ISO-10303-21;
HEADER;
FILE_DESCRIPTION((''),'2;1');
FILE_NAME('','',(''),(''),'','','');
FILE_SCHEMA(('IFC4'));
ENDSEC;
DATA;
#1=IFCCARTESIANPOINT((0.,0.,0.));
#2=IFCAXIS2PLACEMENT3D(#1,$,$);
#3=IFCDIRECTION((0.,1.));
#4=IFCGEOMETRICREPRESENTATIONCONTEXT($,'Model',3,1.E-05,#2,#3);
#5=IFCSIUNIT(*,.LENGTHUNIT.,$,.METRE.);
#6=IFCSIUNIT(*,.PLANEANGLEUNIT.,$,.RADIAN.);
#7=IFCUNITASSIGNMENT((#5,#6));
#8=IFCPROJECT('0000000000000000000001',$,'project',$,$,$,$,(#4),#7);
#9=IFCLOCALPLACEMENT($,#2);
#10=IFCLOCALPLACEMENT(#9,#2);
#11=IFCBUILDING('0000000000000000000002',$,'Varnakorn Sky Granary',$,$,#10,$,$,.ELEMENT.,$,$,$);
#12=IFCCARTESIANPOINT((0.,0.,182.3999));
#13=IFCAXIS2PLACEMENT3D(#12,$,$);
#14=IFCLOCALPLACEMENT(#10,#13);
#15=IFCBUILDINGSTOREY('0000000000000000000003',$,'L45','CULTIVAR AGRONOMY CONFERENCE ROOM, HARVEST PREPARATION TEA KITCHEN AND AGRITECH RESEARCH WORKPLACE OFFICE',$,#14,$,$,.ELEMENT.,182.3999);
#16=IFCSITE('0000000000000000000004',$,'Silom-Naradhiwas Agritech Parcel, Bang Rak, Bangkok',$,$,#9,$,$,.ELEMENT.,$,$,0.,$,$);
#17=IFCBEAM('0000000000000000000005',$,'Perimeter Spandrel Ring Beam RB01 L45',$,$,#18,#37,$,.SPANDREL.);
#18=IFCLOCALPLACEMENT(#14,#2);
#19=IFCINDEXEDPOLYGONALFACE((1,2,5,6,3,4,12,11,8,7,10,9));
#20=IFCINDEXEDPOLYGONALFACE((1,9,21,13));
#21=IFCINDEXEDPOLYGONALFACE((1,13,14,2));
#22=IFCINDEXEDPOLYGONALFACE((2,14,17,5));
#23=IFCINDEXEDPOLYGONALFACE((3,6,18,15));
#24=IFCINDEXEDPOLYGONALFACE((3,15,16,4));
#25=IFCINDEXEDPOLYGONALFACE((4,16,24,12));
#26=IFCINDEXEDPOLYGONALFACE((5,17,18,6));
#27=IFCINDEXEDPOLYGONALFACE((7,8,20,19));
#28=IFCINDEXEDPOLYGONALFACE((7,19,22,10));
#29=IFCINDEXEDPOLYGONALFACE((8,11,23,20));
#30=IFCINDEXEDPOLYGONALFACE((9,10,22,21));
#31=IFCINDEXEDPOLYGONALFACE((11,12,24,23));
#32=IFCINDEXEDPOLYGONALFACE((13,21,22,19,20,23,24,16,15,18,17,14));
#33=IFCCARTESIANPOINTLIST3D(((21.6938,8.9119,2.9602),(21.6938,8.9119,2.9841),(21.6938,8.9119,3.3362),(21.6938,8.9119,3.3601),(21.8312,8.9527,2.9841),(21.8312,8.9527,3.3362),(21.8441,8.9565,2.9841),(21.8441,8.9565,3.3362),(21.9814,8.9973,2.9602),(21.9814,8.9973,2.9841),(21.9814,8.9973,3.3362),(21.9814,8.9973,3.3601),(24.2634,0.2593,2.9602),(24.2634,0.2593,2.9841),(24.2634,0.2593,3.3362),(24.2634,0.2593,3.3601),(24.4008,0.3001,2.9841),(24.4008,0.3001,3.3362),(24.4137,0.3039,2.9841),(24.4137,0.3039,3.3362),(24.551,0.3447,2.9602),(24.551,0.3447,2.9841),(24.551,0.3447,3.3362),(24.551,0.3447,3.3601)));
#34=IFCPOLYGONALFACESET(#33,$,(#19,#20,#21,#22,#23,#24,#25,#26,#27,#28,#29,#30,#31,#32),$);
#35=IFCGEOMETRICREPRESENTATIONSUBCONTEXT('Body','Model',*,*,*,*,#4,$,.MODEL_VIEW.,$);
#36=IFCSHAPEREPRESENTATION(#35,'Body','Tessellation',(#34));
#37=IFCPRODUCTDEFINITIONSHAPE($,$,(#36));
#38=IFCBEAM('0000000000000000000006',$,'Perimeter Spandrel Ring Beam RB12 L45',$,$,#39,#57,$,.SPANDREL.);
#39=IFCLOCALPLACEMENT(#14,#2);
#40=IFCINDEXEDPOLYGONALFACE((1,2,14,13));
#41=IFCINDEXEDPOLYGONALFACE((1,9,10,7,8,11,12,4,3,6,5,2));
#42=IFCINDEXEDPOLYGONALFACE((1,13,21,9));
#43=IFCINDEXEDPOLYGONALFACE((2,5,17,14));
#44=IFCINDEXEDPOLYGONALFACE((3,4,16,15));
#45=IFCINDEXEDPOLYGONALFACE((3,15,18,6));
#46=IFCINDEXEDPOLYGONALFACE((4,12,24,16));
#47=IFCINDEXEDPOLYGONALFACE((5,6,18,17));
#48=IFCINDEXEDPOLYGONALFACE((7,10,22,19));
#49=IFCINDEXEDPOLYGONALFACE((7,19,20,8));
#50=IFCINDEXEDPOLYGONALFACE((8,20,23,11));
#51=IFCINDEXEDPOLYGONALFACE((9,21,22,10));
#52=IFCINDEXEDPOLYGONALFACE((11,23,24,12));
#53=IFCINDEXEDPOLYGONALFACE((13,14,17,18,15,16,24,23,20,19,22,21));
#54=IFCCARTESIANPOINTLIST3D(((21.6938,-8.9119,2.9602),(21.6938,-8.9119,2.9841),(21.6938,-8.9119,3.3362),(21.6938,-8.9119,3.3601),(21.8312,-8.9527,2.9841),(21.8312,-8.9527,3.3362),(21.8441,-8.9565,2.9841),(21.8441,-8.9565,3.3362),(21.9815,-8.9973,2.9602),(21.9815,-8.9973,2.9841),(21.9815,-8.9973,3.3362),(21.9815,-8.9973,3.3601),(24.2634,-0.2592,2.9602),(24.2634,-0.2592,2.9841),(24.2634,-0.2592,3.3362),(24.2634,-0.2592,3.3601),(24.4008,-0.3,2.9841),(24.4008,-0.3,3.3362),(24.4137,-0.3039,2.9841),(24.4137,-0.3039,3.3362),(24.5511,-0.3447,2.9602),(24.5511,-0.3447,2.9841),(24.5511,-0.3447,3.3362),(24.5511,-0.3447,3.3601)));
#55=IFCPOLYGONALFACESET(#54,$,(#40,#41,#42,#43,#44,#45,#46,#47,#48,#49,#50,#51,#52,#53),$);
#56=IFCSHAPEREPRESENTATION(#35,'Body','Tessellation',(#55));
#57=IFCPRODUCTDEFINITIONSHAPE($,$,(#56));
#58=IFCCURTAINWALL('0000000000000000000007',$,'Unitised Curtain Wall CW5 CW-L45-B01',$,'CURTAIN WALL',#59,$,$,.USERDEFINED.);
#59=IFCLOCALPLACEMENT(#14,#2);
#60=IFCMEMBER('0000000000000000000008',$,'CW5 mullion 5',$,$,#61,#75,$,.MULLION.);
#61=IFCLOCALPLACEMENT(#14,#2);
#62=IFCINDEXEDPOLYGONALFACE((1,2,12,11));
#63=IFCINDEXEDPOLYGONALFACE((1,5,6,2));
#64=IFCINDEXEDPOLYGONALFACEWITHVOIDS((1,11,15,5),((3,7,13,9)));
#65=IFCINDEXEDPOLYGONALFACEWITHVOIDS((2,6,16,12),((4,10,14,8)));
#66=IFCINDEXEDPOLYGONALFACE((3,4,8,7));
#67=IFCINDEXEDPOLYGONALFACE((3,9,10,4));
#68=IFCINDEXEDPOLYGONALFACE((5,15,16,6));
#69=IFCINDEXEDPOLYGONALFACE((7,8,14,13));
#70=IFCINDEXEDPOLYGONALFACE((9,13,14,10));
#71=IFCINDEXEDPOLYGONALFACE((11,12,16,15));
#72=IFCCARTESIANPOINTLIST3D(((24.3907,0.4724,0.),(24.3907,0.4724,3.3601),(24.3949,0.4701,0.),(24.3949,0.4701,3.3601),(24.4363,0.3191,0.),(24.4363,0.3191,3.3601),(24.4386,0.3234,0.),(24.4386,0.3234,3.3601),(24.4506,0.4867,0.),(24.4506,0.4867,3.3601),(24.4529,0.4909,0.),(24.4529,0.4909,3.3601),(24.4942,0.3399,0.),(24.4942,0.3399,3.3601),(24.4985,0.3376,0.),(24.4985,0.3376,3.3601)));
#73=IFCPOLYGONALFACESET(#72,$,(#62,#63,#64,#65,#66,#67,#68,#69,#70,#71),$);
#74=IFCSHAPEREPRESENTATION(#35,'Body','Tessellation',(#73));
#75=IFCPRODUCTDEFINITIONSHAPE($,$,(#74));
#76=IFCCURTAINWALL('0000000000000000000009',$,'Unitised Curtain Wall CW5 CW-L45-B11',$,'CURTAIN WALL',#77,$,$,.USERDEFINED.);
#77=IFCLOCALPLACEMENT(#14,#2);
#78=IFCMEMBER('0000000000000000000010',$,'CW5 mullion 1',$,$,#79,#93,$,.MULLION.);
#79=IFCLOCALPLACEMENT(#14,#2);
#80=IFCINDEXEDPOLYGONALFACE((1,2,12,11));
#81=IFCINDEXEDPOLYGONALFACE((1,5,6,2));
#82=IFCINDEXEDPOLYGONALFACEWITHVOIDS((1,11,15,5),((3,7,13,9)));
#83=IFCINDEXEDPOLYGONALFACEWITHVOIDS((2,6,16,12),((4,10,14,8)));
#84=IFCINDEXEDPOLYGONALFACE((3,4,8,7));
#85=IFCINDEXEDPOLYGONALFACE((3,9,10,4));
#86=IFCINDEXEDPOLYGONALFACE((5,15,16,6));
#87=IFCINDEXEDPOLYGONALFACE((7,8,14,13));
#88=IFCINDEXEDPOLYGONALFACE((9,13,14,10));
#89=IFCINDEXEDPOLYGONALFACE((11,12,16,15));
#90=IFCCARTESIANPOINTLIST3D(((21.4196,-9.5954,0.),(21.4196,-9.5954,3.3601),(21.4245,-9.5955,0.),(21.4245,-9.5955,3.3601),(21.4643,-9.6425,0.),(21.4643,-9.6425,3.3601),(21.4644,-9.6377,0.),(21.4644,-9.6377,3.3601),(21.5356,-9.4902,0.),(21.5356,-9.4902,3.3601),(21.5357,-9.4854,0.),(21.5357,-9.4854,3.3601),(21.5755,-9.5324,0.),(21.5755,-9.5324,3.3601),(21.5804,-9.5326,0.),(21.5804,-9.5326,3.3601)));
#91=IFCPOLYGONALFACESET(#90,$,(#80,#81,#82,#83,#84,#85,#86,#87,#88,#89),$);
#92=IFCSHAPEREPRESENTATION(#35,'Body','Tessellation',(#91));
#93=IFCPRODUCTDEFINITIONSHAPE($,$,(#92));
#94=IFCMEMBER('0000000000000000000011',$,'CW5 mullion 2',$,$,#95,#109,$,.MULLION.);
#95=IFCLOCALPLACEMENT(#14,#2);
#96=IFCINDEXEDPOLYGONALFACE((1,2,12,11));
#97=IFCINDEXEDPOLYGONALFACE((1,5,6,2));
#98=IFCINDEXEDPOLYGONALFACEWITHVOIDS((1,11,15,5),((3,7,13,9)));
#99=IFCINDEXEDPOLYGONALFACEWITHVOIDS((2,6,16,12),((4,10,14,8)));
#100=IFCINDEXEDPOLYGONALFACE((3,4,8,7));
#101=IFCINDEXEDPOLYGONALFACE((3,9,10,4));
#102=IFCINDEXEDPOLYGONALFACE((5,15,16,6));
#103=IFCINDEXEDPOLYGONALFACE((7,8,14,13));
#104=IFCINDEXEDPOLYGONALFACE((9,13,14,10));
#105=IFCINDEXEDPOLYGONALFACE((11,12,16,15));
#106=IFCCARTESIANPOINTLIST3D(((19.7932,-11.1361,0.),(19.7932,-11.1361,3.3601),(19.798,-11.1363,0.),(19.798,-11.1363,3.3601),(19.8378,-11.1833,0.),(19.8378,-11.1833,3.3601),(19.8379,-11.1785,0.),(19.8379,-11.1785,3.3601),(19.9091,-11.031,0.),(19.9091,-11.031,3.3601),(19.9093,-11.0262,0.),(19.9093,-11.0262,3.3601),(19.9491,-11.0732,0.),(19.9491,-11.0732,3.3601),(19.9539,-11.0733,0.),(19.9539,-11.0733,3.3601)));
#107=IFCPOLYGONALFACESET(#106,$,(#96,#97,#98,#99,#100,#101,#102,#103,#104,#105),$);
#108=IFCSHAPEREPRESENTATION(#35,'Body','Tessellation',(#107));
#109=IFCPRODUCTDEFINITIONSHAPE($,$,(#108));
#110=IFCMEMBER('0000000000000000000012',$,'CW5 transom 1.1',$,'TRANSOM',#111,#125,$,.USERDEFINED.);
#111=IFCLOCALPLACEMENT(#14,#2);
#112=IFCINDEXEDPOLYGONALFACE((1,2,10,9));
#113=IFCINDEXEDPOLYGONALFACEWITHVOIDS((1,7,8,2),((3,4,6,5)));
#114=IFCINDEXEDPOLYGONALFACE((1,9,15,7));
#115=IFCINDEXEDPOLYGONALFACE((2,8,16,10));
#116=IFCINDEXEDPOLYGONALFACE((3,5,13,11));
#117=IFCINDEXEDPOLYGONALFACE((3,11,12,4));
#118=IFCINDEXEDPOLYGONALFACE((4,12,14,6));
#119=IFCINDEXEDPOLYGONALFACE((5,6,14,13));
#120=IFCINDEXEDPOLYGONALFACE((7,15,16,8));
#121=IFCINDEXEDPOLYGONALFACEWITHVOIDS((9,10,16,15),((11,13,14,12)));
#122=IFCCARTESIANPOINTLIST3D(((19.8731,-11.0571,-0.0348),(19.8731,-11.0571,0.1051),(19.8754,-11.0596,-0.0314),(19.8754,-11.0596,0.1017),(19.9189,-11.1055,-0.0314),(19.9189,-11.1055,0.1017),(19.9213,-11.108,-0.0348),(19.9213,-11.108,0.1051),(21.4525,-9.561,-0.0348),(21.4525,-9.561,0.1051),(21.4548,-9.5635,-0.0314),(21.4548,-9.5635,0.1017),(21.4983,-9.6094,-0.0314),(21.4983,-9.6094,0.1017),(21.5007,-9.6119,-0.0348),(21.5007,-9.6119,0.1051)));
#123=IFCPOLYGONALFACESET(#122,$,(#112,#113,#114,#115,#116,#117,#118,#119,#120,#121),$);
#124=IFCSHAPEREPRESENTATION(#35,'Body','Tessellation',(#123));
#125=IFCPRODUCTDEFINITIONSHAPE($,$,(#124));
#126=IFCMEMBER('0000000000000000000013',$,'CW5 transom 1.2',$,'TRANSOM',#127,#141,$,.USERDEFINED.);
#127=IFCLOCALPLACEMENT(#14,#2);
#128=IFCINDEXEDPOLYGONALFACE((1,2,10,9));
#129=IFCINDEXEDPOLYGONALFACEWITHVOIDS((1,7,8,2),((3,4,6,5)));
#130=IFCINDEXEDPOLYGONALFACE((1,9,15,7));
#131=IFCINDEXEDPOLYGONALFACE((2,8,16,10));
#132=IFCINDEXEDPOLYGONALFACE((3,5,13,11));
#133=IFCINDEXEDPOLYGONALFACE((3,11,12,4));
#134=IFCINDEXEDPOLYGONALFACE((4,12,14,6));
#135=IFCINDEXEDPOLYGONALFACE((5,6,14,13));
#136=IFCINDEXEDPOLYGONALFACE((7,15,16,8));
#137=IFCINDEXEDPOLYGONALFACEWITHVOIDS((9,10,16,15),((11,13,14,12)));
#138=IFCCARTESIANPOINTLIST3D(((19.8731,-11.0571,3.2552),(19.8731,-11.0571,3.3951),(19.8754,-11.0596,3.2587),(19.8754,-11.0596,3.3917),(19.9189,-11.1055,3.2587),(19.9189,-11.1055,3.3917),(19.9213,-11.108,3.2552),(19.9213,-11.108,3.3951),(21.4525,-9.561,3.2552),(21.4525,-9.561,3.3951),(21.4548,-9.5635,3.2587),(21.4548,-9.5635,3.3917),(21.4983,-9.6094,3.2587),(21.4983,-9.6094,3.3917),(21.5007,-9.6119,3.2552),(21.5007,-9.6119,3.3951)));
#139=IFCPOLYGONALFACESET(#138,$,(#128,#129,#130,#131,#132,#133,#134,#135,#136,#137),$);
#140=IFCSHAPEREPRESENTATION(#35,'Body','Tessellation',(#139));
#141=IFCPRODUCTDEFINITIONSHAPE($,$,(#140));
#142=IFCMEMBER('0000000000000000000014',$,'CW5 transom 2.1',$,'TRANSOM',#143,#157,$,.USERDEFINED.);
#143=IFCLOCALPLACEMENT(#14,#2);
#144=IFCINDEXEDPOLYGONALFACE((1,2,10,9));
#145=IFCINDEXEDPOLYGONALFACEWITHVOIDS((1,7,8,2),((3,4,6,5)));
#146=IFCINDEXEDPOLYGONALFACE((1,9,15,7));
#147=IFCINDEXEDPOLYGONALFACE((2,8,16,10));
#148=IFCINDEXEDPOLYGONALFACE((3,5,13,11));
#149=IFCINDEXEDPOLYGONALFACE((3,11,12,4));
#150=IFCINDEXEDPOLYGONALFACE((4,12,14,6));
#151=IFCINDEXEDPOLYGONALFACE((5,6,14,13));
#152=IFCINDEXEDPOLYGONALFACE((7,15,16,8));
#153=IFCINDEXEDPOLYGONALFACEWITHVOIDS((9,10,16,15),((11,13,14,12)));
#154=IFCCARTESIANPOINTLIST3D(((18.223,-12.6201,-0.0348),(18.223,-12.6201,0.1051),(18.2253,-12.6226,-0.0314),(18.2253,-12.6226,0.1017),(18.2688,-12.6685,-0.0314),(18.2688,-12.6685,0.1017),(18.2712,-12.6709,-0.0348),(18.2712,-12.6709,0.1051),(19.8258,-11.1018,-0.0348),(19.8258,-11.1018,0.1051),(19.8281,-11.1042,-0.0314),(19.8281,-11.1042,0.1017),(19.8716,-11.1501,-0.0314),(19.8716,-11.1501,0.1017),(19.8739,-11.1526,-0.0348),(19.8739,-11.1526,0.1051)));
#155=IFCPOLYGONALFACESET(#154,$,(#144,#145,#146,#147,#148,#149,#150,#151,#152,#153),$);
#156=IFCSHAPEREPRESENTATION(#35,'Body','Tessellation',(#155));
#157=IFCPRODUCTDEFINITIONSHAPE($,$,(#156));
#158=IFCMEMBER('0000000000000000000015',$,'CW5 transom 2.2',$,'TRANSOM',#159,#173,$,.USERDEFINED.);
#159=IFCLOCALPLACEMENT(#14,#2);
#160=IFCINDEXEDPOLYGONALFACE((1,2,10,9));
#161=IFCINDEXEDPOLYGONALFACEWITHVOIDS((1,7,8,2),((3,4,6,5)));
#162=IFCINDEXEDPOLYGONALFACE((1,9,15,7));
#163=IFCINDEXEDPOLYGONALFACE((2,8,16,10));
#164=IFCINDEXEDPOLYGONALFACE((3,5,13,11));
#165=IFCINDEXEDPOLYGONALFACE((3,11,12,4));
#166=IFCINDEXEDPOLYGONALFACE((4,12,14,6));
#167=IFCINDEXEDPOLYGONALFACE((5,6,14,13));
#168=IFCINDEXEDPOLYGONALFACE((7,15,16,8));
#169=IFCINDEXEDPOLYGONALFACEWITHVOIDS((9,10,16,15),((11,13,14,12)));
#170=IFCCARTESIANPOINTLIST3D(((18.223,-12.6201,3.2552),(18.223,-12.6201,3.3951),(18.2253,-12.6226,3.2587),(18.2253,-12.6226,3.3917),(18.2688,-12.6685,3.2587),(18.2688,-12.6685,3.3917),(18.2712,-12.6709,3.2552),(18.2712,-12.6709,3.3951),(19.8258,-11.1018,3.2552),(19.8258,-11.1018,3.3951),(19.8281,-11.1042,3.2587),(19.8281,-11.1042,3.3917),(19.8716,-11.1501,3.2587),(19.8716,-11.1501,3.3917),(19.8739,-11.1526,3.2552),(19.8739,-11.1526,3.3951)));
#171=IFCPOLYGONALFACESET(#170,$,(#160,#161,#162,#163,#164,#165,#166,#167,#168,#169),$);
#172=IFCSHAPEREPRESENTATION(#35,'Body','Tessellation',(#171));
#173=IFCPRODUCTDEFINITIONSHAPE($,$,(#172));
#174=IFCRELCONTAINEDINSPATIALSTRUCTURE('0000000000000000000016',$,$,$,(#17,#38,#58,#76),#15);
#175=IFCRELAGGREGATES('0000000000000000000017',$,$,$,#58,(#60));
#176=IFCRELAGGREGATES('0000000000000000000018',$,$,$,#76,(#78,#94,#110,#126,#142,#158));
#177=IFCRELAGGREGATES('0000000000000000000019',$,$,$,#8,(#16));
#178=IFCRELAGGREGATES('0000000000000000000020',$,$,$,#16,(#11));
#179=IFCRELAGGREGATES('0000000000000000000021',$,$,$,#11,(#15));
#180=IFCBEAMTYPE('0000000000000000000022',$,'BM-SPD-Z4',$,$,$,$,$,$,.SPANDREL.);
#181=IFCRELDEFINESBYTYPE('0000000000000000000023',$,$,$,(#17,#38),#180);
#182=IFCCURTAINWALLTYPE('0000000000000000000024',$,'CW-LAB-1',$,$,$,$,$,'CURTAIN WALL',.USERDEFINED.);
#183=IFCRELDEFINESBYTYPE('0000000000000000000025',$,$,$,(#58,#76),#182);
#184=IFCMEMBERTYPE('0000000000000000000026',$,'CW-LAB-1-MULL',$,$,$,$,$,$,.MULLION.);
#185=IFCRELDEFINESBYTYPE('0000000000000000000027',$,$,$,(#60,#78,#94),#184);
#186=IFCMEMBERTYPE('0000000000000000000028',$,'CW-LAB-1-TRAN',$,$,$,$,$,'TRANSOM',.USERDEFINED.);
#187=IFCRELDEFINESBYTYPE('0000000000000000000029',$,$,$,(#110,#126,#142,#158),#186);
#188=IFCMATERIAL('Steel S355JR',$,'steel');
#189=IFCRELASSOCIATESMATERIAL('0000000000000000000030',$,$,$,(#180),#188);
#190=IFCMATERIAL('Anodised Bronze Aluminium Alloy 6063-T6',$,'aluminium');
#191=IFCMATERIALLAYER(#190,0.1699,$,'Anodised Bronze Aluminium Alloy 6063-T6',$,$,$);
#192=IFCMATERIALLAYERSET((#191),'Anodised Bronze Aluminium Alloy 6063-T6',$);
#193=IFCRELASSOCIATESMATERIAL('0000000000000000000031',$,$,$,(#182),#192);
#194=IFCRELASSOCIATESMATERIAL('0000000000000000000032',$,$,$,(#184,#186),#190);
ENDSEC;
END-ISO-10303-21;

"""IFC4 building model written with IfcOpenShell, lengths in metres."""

from ifc_helpers import new_model, si_unit, direction, frame, origin, origin_2d, place, context, subcontext, project, spatial, hollow_rectangle, i_section, extrude, material, layer, layer_set, material_profile, profile_set, type_object, element, aggregate, save


model = new_model("IFC4")

# Units and contexts
model_context = context("Model", 3, precision=1e-05, world=origin(), true_north=direction((0.0, 1.0)))
body_context = subcontext(model_context, "Body", "Model", "MODEL_VIEW")
ifc_project = project(units=[si_unit("LENGTHUNIT", "METRE"), si_unit("PLANEANGLEUNIT", "RADIAN")], contexts=[model_context])

# Site, building, storey
site_placement = place(None, origin())
site = spatial("IfcSite", under=ifc_project, at=site_placement, Name="Silom-Naradhiwas Agritech Parcel, Bang Rak, Bangkok", CompositionType="ELEMENT", RefElevation=0.0)
building_placement = place(site_placement, origin())
building = spatial("IfcBuilding", under=site, at=building_placement, Name="Varnakorn Sky Granary", CompositionType="ELEMENT")
storey_placement = place(building_placement, frame((0.0, 0.0, 182.3999)))
storey = spatial("IfcBuildingStorey", under=building, at=storey_placement, Name="L45", Description="CULTIVAR AGRONOMY CONFERENCE ROOM, HARVEST PREPARATION TEA KITCHEN AND AGRITECH RESEARCH WORKPLACE OFFICE", CompositionType="ELEMENT", Elevation=182.3999)

# Beams
ifc_material_1 = material(Name="Steel S355JR", Category="steel")
ifc_material_profile_1 = material_profile(ifc_material_1, i_section(OverallWidth=0.3, OverallDepth=0.3999, WebThickness=0.0134, FlangeThickness=0.0239, at=origin_2d()), Name="HE 400 B")
ifc_profile_set_1 = profile_set([ifc_material_profile_1], Name="Steel S355JR")
beam_type_1 = type_object("IfcBeamType", Name="BM-SPD-Z4", PredefinedType="SPANDREL", material=ifc_profile_set_1)
for number, where, z_axis, x_axis, name in (
    (1, (24.4072, 0.302, 3.1602), (-0.284684, 0.958621, 0.0), (-0.958621, -0.284684, 0.0), "Perimeter Spandrel Ring Beam RB01 L45"),
    (2, (21.8376, -8.9546, 3.1602), (0.284684, 0.958621, 0.0), (-0.958621, 0.284684, 0.0), "Perimeter Spandrel Ring Beam RB12 L45"),
):
    element("IfcBeam", number, at=place(storey_placement, frame(where, z_axis=z_axis, x_axis=x_axis)), inside=storey, type_object=beam_type_1, Name=name, PredefinedType="SPANDREL", context=body_context, shape_type="SweptSolid", body=[
        extrude(i_section(OverallWidth=0.3, OverallDepth=0.3999, WebThickness=0.0134, FlangeThickness=0.0239, at=origin_2d()), origin(), (0.0, 0.0, 1.0), 9.0261),
    ])

# Curtain wall, member
ifc_material_2 = material(Name="Anodised Bronze Aluminium Alloy 6063-T6", Category="aluminium")
ifc_layer_1 = layer(ifc_material_2, 0.1699, Name="Anodised Bronze Aluminium Alloy 6063-T6")
ifc_layer_set_1 = layer_set([ifc_layer_1], Name="Anodised Bronze Aluminium Alloy 6063-T6")
curtain_wall_type = type_object("IfcCurtainWallType", Name="CW-LAB-1", ElementType="CURTAIN WALL", PredefinedType="USERDEFINED", material=ifc_layer_set_1)
curtain_wall_1_placement = place(storey_placement, origin())
curtain_wall_1 = element("IfcCurtainWall", 3, at=curtain_wall_1_placement, inside=storey, type_object=curtain_wall_type, Name="Unitised Curtain Wall CW5 CW-L45-B01", ObjectType="CURTAIN WALL", PredefinedType="USERDEFINED")
ifc_material_profile_2 = material_profile(ifc_material_2, hollow_rectangle(XDim=0.0649, YDim=0.1599, WallThickness=0.0034, at=origin_2d()), Name="ALU MULL 65x160")
ifc_profile_set_2 = profile_set([ifc_material_profile_2], Name="Anodised Bronze Aluminium Alloy 6063-T6")
member_type_1 = type_object("IfcMemberType", Name="CW-LAB-1-MULL", PredefinedType="MULLION", material=ifc_profile_set_2)
member_1_placement = place(storey_placement, frame((24.4446, 0.405, 0.0), z_axis=(0.0, 0.0, 1.0), x_axis=(0.958503, 0.285081, 0.0)))
member_1 = element("IfcMember", 4, at=member_1_placement, type_object=member_type_1, Name="CW5 mullion 5", PredefinedType="MULLION", context=body_context, shape_type="SweptSolid", body=[
    extrude(hollow_rectangle(XDim=0.0649, YDim=0.1599, WallThickness=0.0034, at=origin_2d()), origin(), (0.0, 0.0, 1.0), 3.3601),
])
aggregate(curtain_wall_1, [member_1])

# Curtain wall, members
curtain_wall_2_placement = place(storey_placement, origin())
curtain_wall_2 = element("IfcCurtainWall", 5, at=curtain_wall_2_placement, inside=storey, type_object=curtain_wall_type, Name="Unitised Curtain Wall CW5 CW-L45-B11", ObjectType="CURTAIN WALL", PredefinedType="USERDEFINED")
member_2_placement = place(storey_placement, frame((21.5, -9.564, 0.0), z_axis=(0.0, 0.0, 1.0), x_axis=(0.687692, -0.726002, 0.0)))
member_2 = element("IfcMember", 6, at=member_2_placement, type_object=member_type_1, Name="CW5 mullion 1", PredefinedType="MULLION", context=body_context, shape_type="SweptSolid", body=[
    extrude(hollow_rectangle(XDim=0.0649, YDim=0.1599, WallThickness=0.0034, at=origin_2d()), origin(), (0.0, 0.0, 1.0), 3.3601),
])
member_3_placement = place(storey_placement, frame((19.8735, -11.1047, 0.0), z_axis=(0.0, 0.0, 1.0), x_axis=(0.687692, -0.726002, 0.0)))
member_3 = element("IfcMember", 7, at=member_3_placement, type_object=member_type_1, Name="CW5 mullion 2", PredefinedType="MULLION", context=body_context, shape_type="SweptSolid", body=[
    extrude(hollow_rectangle(XDim=0.0649, YDim=0.1599, WallThickness=0.0034, at=origin_2d()), origin(), (0.0, 0.0, 1.0), 3.3601),
])
ifc_material_profile_3 = material_profile(ifc_material_2, hollow_rectangle(XDim=0.0701, YDim=0.1399, WallThickness=0.0034, at=origin_2d()), Name="ALU TRAN 70x140")
ifc_profile_set_3 = profile_set([ifc_material_profile_3], Name="Anodised Bronze Aluminium Alloy 6063-T6")
member_type_2 = type_object("IfcMemberType", Name="CW-LAB-1-TRAN", ElementType="TRANSOM", PredefinedType="USERDEFINED", material=ifc_profile_set_3)
member_4_placement = place(storey_placement, frame((21.4766, -9.5864, 0.0352), z_axis=(-0.725982, -0.687714, 0.0), x_axis=(0.687714, -0.725982, 0.0)))
member_4 = element("IfcMember", 8, at=member_4_placement, type_object=member_type_2, Name="CW5 transom 1.1", ObjectType="TRANSOM", PredefinedType="USERDEFINED", context=body_context, shape_type="SweptSolid", body=[
    extrude(hollow_rectangle(XDim=0.0701, YDim=0.1399, WallThickness=0.0034, at=origin_2d()), origin(), (0.0, 0.0, 1.0), 2.1755),
])
member_5_placement = place(storey_placement, frame((21.4766, -9.5864, 3.3252), z_axis=(-0.725982, -0.687714, 0.0), x_axis=(0.687714, -0.725982, 0.0)))
member_5 = element("IfcMember", 9, at=member_5_placement, type_object=member_type_2, Name="CW5 transom 1.2", ObjectType="TRANSOM", PredefinedType="USERDEFINED", context=body_context, shape_type="SweptSolid", body=[
    extrude(hollow_rectangle(XDim=0.0701, YDim=0.1399, WallThickness=0.0034, at=origin_2d()), origin(), (0.0, 0.0, 1.0), 2.1755),
])
member_6_placement = place(storey_placement, frame((19.8499, -11.1272, 0.0352), z_axis=(-0.725979, -0.687717, 0.0), x_axis=(0.687717, -0.725979, 0.0)))
member_6 = element("IfcMember", 10, at=member_6_placement, type_object=member_type_2, Name="CW5 transom 2.1", ObjectType="TRANSOM", PredefinedType="USERDEFINED", context=body_context, shape_type="SweptSolid", body=[
    extrude(hollow_rectangle(XDim=0.0701, YDim=0.1399, WallThickness=0.0034, at=origin_2d()), origin(), (0.0, 0.0, 1.0), 2.2078),
])
member_7_placement = place(storey_placement, frame((19.8499, -11.1272, 3.3252), z_axis=(-0.725979, -0.687717, 0.0), x_axis=(0.687717, -0.725979, 0.0)))
member_7 = element("IfcMember", 11, at=member_7_placement, type_object=member_type_2, Name="CW5 transom 2.2", ObjectType="TRANSOM", PredefinedType="USERDEFINED", context=body_context, shape_type="SweptSolid", body=[
    extrude(hollow_rectangle(XDim=0.0701, YDim=0.1399, WallThickness=0.0034, at=origin_2d()), origin(), (0.0, 0.0, 1.0), 2.2078),
])

aggregate(curtain_wall_2, [member_2, member_3, member_4, member_5, member_6, member_7])

save(model, "model.ifc")
